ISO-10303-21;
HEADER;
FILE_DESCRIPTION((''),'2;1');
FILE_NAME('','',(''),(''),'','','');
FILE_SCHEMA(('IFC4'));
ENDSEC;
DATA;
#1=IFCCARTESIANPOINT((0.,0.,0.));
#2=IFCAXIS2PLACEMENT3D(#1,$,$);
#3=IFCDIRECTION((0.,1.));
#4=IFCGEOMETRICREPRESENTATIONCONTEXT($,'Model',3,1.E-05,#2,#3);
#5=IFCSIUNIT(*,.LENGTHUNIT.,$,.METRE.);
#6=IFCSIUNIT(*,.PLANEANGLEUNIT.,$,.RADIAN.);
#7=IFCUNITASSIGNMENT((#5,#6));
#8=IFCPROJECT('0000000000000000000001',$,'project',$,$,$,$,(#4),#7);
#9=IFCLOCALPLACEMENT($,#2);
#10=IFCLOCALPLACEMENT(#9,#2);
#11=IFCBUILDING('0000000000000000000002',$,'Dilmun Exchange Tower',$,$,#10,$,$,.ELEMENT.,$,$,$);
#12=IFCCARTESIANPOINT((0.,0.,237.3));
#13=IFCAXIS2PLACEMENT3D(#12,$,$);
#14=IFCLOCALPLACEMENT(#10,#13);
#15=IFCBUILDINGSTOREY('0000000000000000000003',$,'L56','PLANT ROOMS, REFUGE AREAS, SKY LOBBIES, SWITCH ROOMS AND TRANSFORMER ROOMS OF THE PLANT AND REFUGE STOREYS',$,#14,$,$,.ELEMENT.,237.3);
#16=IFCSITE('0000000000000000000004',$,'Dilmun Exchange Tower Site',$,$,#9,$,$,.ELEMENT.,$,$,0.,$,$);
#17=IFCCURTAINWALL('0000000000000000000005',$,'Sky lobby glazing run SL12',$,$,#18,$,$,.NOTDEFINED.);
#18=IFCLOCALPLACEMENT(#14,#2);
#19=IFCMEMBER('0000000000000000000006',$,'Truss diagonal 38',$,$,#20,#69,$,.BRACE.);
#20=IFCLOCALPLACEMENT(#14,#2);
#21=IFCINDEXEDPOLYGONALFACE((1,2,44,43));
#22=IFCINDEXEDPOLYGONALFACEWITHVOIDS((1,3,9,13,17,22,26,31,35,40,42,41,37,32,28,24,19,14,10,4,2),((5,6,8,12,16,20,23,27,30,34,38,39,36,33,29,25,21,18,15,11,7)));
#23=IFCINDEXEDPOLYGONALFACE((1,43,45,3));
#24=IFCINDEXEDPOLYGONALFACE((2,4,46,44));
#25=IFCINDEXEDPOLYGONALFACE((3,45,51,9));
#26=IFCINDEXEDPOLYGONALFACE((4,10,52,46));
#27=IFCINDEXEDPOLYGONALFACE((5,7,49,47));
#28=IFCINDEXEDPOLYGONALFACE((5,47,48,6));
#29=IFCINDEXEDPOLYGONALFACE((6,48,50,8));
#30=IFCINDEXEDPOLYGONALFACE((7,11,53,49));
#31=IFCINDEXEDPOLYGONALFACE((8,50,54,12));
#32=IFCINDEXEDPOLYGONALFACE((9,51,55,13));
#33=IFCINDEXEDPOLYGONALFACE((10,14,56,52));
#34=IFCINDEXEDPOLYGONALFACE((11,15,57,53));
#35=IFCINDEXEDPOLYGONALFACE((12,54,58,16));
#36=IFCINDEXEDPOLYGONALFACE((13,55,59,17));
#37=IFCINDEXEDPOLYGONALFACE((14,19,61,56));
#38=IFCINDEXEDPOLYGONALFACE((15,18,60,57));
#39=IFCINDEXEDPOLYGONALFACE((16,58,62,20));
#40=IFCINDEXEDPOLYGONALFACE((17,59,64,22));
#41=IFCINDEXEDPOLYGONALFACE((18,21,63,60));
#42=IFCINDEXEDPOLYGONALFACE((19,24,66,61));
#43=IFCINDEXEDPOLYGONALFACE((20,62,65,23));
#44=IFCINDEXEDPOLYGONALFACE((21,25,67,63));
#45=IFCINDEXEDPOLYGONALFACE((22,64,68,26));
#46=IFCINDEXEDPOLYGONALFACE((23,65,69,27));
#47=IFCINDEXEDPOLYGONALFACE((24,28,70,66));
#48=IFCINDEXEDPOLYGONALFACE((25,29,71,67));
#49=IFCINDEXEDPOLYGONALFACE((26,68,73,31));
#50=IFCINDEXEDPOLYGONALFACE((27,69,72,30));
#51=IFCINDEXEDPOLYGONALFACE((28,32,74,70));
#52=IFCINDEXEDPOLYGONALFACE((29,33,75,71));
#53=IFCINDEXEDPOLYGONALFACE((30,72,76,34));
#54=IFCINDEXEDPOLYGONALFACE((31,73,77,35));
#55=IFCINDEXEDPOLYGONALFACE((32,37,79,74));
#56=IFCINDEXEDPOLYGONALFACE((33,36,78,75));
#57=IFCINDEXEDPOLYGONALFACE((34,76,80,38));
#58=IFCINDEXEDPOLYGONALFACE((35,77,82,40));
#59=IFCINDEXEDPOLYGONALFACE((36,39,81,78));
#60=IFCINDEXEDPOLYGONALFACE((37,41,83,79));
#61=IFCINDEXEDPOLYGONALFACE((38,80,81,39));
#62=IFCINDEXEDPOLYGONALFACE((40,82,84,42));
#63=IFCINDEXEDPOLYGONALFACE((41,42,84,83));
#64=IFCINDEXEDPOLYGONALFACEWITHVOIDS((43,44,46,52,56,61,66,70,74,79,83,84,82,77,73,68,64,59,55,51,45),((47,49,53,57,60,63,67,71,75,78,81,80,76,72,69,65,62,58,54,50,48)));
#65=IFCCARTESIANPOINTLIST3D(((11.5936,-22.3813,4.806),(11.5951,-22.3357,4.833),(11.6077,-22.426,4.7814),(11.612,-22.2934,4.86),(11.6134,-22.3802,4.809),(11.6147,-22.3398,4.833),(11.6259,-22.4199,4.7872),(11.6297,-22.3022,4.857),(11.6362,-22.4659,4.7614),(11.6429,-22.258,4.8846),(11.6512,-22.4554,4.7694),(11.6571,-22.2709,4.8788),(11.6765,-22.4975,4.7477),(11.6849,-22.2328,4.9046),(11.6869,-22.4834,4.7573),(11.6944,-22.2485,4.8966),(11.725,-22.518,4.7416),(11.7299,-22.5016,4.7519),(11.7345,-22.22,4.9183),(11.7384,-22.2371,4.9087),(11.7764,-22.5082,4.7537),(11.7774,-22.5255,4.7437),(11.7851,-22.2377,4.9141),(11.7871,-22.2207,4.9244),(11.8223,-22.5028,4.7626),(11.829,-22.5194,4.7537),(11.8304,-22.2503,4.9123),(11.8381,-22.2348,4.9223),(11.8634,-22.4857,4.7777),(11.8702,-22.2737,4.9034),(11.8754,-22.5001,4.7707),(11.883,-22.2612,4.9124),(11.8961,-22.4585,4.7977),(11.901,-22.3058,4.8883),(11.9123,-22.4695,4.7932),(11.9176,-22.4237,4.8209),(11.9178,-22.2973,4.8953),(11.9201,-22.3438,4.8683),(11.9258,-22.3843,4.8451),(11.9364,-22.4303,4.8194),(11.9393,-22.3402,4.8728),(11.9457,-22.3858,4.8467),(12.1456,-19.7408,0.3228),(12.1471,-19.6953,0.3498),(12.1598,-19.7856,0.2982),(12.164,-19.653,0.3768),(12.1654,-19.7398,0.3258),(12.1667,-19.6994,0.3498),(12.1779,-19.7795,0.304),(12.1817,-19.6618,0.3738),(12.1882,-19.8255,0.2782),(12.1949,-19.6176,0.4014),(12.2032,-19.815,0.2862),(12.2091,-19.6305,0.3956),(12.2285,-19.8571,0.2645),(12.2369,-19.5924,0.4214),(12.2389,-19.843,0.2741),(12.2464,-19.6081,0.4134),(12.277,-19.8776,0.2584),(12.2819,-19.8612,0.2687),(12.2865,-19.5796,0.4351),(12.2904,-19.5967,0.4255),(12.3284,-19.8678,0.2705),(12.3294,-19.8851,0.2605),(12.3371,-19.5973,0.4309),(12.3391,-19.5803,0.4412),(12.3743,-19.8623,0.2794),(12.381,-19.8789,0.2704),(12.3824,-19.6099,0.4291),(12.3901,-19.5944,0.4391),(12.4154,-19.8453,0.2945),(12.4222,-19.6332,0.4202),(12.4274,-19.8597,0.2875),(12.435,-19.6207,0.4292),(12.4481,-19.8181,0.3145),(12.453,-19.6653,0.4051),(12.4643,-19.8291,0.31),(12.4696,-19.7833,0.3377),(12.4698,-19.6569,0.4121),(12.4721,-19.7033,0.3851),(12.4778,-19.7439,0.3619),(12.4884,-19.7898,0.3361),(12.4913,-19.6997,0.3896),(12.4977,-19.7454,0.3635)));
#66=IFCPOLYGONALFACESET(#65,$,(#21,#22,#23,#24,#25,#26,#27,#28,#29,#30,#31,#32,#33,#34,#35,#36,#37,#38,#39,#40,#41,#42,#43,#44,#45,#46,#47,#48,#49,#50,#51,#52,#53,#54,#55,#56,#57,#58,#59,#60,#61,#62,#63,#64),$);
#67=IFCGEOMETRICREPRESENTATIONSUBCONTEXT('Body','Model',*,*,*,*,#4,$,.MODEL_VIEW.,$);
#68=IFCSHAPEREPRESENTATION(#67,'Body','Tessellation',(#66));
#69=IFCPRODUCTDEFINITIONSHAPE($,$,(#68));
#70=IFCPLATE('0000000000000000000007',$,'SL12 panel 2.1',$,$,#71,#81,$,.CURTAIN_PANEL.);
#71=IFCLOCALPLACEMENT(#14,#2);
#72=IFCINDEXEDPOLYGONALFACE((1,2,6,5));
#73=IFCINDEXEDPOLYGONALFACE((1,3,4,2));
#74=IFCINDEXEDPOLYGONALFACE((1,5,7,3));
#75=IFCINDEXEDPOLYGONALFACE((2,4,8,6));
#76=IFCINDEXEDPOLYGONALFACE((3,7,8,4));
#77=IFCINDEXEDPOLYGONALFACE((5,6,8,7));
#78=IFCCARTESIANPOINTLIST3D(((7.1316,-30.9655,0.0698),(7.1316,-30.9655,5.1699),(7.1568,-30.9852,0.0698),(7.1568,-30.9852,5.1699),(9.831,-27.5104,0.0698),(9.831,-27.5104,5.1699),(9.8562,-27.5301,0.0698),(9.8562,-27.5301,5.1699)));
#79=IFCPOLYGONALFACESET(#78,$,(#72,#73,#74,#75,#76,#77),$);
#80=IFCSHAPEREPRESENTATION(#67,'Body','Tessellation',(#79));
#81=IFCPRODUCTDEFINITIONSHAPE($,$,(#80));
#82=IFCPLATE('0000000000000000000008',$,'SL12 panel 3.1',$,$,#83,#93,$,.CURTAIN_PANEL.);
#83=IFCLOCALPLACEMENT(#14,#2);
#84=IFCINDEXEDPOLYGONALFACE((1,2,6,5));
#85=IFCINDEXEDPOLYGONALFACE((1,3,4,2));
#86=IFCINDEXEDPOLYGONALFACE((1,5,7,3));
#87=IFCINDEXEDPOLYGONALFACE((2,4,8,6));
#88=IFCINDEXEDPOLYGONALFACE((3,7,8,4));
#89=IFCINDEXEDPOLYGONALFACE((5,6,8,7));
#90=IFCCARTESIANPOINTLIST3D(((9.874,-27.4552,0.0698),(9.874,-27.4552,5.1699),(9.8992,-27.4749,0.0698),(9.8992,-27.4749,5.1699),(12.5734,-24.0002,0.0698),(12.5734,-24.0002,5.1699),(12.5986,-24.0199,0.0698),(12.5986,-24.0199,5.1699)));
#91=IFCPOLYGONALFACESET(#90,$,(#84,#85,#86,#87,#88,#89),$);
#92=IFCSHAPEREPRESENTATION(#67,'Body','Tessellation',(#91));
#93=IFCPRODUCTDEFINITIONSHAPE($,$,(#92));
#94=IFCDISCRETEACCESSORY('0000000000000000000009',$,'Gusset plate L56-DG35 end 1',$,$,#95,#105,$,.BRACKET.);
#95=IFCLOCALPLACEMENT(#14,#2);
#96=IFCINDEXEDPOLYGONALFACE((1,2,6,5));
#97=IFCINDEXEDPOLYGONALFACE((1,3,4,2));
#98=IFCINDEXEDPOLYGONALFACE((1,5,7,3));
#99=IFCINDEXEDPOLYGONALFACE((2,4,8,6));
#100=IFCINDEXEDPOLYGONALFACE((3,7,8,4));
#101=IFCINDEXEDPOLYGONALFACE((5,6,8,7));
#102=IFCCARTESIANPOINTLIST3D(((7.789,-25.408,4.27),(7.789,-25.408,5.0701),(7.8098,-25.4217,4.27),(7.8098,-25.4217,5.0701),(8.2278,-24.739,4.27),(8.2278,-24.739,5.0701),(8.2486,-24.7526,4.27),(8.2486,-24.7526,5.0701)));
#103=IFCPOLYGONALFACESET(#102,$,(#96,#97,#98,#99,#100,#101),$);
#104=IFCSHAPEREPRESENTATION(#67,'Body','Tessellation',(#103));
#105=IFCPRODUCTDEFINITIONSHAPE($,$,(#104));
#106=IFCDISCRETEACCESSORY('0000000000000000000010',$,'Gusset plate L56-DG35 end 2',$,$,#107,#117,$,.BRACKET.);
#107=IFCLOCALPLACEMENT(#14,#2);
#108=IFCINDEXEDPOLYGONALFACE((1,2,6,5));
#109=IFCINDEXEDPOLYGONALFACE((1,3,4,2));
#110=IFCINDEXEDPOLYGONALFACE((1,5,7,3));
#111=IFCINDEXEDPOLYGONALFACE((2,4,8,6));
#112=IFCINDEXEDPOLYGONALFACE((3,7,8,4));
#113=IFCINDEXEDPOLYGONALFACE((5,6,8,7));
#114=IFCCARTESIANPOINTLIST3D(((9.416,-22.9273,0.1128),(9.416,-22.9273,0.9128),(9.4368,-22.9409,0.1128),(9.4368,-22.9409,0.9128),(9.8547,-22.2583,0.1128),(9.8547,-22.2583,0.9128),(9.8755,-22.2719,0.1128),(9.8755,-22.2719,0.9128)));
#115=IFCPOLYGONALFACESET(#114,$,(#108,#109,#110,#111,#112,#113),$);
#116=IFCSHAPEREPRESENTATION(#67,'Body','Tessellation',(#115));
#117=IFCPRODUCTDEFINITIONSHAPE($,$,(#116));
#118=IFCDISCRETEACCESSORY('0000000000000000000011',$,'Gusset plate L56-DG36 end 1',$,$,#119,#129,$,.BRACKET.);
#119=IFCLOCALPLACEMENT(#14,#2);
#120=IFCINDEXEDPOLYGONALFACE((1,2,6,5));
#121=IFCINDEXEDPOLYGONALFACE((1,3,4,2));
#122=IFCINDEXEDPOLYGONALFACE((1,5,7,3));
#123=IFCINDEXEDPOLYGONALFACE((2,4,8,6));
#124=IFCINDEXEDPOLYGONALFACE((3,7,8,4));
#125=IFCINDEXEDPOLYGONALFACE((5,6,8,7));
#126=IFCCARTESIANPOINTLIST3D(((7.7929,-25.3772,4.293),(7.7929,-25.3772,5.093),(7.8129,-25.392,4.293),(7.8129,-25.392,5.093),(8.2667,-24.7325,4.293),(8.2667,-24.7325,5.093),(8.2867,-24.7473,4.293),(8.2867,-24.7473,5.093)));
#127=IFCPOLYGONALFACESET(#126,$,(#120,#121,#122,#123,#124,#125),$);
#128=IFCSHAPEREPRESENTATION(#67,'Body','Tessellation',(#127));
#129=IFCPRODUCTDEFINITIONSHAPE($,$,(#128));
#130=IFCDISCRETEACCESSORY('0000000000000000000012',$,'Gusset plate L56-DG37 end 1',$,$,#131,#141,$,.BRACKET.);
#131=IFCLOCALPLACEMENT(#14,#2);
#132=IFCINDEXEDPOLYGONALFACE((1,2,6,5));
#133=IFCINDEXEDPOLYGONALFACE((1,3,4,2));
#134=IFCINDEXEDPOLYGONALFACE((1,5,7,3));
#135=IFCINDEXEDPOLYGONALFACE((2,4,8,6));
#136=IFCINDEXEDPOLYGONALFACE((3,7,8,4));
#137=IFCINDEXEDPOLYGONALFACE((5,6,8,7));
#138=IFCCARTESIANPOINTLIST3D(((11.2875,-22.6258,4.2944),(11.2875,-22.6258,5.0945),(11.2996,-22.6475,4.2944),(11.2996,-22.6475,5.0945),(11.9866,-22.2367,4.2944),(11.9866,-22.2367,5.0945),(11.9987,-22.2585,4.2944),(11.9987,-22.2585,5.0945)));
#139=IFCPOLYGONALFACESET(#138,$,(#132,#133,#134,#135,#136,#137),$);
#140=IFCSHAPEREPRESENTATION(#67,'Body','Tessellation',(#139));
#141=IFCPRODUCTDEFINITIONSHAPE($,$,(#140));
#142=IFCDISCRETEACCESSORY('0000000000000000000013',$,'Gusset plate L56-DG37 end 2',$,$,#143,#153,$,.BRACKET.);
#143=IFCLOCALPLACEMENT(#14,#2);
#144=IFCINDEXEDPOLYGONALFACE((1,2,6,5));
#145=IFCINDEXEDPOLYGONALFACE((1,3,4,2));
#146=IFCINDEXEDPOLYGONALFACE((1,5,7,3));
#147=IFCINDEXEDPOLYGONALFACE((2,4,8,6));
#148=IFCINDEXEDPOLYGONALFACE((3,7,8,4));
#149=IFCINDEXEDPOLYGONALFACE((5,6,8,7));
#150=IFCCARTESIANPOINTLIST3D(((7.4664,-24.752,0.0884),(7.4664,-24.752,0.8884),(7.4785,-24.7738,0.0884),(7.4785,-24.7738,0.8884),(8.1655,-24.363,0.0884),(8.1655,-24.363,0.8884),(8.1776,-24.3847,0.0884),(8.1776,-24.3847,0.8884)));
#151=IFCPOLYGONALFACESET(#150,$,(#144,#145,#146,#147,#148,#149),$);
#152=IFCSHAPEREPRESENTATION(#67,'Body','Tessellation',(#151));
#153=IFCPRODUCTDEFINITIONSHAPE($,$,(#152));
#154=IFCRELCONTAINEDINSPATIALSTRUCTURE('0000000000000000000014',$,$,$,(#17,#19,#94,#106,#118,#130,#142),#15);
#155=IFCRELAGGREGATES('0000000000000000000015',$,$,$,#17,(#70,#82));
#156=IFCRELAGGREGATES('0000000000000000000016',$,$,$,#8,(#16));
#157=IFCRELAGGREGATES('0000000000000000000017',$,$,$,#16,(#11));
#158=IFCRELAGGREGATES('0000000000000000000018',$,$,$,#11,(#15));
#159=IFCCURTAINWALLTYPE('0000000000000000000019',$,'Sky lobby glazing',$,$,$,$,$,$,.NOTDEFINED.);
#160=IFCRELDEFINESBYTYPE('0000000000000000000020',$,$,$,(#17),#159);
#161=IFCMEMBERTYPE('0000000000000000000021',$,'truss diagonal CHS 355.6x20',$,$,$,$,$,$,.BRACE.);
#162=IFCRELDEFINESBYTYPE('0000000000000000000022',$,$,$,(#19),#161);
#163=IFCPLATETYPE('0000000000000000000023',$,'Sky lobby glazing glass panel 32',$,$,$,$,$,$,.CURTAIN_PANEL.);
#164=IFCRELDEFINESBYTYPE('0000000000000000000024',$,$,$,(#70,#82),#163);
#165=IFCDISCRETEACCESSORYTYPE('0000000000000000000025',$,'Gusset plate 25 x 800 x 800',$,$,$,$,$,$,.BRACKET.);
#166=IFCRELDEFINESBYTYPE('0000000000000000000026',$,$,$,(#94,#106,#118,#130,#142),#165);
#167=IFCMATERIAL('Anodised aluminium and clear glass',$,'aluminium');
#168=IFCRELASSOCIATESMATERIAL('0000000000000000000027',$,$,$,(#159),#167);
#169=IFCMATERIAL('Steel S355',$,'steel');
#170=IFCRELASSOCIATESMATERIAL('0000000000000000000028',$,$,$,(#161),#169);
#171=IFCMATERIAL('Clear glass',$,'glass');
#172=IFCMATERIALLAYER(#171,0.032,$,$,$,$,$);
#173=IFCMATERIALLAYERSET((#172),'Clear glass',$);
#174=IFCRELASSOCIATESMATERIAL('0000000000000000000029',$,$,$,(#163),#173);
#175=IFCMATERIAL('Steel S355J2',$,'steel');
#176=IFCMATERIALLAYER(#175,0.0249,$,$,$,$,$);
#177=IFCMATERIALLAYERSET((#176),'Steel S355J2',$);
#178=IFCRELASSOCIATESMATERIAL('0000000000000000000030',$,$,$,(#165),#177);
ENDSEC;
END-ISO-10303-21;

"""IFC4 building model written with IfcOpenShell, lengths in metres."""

from ifc_helpers import new_model, si_unit, direction, frame, origin, origin_2d, place, context, subcontext, project, spatial, rectangle, hollow_circle, extrude, material, layer, layer_set, material_profile, profile_set, type_object, element, aggregate, save


model = new_model("IFC4")

# Units and contexts
model_context = context("Model", 3, precision=1e-05, world=origin(), true_north=direction((0.0, 1.0)))
body_context = subcontext(model_context, "Body", "Model", "MODEL_VIEW")
ifc_project = project(units=[si_unit("LENGTHUNIT", "METRE"), si_unit("PLANEANGLEUNIT", "RADIAN")], contexts=[model_context])

# Site, building, storey
site_placement = place(None, origin())
site = spatial("IfcSite", under=ifc_project, at=site_placement, Name="Dilmun Exchange Tower Site", CompositionType="ELEMENT", RefElevation=0.0)
building_placement = place(site_placement, origin())
building = spatial("IfcBuilding", under=site, at=building_placement, Name="Dilmun Exchange Tower", CompositionType="ELEMENT")
storey_placement = place(building_placement, frame((0.0, 0.0, 237.3)))
storey = spatial("IfcBuildingStorey", under=building, at=storey_placement, Name="L56", Description="PLANT ROOMS, REFUGE AREAS, SKY LOBBIES, SWITCH ROOMS AND TRANSFORMER ROOMS OF THE PLANT AND REFUGE STOREYS", CompositionType="ELEMENT", Elevation=237.3)

# Curtain wall
ifc_material_1 = material(Name="Anodised aluminium and clear glass", Category="aluminium")
curtain_wall_type = type_object("IfcCurtainWallType", Name="Sky lobby glazing", PredefinedType="NOTDEFINED", material=ifc_material_1)
curtain_wall_placement = place(storey_placement, origin())
curtain_wall = element("IfcCurtainWall", 1, at=curtain_wall_placement, inside=storey, type_object=curtain_wall_type, Name="Sky lobby glazing run SL12", PredefinedType="NOTDEFINED")

# Shared definitions
ifc_material_2 = material(Name="Steel S355", Category="steel")

# Member
ifc_material_profile_1 = material_profile(ifc_material_2, hollow_circle(Radius=0.1777, WallThickness=0.02, at=origin_2d()), Name="CHS 355.6x20")
ifc_profile_set_1 = profile_set([ifc_material_profile_1], Name="Steel S355")
member_type_1 = type_object("IfcMemberType", Name="truss diagonal CHS 355.6x20", PredefinedType="BRACE", material=ifc_profile_set_1)
member_1_placement = place(storey_placement, frame((11.769, -22.3721, 4.833), z_axis=(0.105503, 0.504649, -0.856854), x_axis=(-0.978838, 0.204637, 0.0)))
element("IfcMember", 2, at=member_1_placement, inside=storey, type_object=member_type_1, Name="Truss diagonal 38", PredefinedType="BRACE", context=body_context, shape_type="SweptSolid", body=[
    extrude(hollow_circle(Radius=0.1777, WallThickness=0.02, at=origin_2d()), origin(), (0.0, 0.0, 1.0), 5.2322),
])

# Plates
ifc_material_3 = material(Name="Clear glass", Category="glass")
ifc_layer_1 = layer(ifc_material_3, 0.032)
ifc_layer_set_1 = layer_set([ifc_layer_1], Name="Clear glass")
plate_type = type_object("IfcPlateType", Name="Sky lobby glazing glass panel 32", PredefinedType="CURTAIN_PANEL", material=ifc_layer_set_1)
plate_1_placement = place(storey_placement, frame((8.4939, -29.2478, 0.0698), z_axis=(0.0, 0.0, 1.0), x_axis=(0.615662, 0.788011, 0.0)))
plate_1 = element("IfcPlate", 3, at=plate_1_placement, type_object=plate_type, Name="SL12 panel 2.1", PredefinedType="CURTAIN_PANEL", context=body_context, shape_type="SweptSolid", body=[
    extrude(rectangle(XDim=4.3845, YDim=0.032, at=origin_2d()), origin(), (0.0, 0.0, 1.0), 5.1001),
])
plate_2_placement = place(storey_placement, frame((11.2363, -25.7375, 0.0698), z_axis=(0.0, 0.0, 1.0), x_axis=(0.615662, 0.788011, 0.0)))
plate_2 = element("IfcPlate", 4, at=plate_2_placement, type_object=plate_type, Name="SL12 panel 3.1", PredefinedType="CURTAIN_PANEL", context=body_context, shape_type="SweptSolid", body=[
    extrude(rectangle(XDim=4.3845, YDim=0.032, at=origin_2d()), origin(), (0.0, 0.0, 1.0), 5.1001),
])
aggregate(curtain_wall, [plate_1, plate_2])

# Discrete accessories
ifc_material_4 = material(Name="Steel S355J2", Category="steel")
ifc_layer_2 = layer(ifc_material_4, 0.0249)
ifc_layer_set_2 = layer_set([ifc_layer_2], Name="Steel S355J2")
discrete_accessory_type = type_object("IfcDiscreteAccessoryType", Name="Gusset plate 25 x 800 x 800", PredefinedType="BRACKET", material=ifc_layer_set_2)
for number, where, z_axis, x_axis, name in (
    (5, (8.0188, -25.0803, 4.27), (0.0, 0.0, 1.0), (0.548409, 0.836211, 0.0), "Gusset plate L56-DG35 end 1"),
    (6, (9.6458, -22.5996, 0.1128), (0.0, 0.0, 1.0), (0.548409, 0.836211, 0.0), "Gusset plate L56-DG35 end 2"),
    (7, (8.0398, -25.0623, 4.293), (0.0, 0.0, 1.0), (0.592202, 0.80579, 0.0), "Gusset plate L56-DG36 end 1"),
    (8, (11.6431, -22.4421, 4.2944), (0.0, 0.0, 1.0), (-0.873818, -0.486253, 0.0), "Gusset plate L56-DG37 end 1"),
    (9, (7.822, -24.5684, 0.0884), (0.0, 0.0, 1.0), (-0.873818, -0.486253, 0.0), "Gusset plate L56-DG37 end 2"),
):
    element("IfcDiscreteAccessory", number, at=place(storey_placement, frame(where, z_axis=z_axis, x_axis=x_axis)), inside=storey, type_object=discrete_accessory_type, Name=name, PredefinedType="BRACKET", context=body_context, shape_type="SweptSolid", body=[
        extrude(rectangle(XDim=0.8, YDim=0.0249, at=origin_2d()), origin(), (0.0, 0.0, 1.0), 0.8),
    ])

save(model, "model.ifc")
